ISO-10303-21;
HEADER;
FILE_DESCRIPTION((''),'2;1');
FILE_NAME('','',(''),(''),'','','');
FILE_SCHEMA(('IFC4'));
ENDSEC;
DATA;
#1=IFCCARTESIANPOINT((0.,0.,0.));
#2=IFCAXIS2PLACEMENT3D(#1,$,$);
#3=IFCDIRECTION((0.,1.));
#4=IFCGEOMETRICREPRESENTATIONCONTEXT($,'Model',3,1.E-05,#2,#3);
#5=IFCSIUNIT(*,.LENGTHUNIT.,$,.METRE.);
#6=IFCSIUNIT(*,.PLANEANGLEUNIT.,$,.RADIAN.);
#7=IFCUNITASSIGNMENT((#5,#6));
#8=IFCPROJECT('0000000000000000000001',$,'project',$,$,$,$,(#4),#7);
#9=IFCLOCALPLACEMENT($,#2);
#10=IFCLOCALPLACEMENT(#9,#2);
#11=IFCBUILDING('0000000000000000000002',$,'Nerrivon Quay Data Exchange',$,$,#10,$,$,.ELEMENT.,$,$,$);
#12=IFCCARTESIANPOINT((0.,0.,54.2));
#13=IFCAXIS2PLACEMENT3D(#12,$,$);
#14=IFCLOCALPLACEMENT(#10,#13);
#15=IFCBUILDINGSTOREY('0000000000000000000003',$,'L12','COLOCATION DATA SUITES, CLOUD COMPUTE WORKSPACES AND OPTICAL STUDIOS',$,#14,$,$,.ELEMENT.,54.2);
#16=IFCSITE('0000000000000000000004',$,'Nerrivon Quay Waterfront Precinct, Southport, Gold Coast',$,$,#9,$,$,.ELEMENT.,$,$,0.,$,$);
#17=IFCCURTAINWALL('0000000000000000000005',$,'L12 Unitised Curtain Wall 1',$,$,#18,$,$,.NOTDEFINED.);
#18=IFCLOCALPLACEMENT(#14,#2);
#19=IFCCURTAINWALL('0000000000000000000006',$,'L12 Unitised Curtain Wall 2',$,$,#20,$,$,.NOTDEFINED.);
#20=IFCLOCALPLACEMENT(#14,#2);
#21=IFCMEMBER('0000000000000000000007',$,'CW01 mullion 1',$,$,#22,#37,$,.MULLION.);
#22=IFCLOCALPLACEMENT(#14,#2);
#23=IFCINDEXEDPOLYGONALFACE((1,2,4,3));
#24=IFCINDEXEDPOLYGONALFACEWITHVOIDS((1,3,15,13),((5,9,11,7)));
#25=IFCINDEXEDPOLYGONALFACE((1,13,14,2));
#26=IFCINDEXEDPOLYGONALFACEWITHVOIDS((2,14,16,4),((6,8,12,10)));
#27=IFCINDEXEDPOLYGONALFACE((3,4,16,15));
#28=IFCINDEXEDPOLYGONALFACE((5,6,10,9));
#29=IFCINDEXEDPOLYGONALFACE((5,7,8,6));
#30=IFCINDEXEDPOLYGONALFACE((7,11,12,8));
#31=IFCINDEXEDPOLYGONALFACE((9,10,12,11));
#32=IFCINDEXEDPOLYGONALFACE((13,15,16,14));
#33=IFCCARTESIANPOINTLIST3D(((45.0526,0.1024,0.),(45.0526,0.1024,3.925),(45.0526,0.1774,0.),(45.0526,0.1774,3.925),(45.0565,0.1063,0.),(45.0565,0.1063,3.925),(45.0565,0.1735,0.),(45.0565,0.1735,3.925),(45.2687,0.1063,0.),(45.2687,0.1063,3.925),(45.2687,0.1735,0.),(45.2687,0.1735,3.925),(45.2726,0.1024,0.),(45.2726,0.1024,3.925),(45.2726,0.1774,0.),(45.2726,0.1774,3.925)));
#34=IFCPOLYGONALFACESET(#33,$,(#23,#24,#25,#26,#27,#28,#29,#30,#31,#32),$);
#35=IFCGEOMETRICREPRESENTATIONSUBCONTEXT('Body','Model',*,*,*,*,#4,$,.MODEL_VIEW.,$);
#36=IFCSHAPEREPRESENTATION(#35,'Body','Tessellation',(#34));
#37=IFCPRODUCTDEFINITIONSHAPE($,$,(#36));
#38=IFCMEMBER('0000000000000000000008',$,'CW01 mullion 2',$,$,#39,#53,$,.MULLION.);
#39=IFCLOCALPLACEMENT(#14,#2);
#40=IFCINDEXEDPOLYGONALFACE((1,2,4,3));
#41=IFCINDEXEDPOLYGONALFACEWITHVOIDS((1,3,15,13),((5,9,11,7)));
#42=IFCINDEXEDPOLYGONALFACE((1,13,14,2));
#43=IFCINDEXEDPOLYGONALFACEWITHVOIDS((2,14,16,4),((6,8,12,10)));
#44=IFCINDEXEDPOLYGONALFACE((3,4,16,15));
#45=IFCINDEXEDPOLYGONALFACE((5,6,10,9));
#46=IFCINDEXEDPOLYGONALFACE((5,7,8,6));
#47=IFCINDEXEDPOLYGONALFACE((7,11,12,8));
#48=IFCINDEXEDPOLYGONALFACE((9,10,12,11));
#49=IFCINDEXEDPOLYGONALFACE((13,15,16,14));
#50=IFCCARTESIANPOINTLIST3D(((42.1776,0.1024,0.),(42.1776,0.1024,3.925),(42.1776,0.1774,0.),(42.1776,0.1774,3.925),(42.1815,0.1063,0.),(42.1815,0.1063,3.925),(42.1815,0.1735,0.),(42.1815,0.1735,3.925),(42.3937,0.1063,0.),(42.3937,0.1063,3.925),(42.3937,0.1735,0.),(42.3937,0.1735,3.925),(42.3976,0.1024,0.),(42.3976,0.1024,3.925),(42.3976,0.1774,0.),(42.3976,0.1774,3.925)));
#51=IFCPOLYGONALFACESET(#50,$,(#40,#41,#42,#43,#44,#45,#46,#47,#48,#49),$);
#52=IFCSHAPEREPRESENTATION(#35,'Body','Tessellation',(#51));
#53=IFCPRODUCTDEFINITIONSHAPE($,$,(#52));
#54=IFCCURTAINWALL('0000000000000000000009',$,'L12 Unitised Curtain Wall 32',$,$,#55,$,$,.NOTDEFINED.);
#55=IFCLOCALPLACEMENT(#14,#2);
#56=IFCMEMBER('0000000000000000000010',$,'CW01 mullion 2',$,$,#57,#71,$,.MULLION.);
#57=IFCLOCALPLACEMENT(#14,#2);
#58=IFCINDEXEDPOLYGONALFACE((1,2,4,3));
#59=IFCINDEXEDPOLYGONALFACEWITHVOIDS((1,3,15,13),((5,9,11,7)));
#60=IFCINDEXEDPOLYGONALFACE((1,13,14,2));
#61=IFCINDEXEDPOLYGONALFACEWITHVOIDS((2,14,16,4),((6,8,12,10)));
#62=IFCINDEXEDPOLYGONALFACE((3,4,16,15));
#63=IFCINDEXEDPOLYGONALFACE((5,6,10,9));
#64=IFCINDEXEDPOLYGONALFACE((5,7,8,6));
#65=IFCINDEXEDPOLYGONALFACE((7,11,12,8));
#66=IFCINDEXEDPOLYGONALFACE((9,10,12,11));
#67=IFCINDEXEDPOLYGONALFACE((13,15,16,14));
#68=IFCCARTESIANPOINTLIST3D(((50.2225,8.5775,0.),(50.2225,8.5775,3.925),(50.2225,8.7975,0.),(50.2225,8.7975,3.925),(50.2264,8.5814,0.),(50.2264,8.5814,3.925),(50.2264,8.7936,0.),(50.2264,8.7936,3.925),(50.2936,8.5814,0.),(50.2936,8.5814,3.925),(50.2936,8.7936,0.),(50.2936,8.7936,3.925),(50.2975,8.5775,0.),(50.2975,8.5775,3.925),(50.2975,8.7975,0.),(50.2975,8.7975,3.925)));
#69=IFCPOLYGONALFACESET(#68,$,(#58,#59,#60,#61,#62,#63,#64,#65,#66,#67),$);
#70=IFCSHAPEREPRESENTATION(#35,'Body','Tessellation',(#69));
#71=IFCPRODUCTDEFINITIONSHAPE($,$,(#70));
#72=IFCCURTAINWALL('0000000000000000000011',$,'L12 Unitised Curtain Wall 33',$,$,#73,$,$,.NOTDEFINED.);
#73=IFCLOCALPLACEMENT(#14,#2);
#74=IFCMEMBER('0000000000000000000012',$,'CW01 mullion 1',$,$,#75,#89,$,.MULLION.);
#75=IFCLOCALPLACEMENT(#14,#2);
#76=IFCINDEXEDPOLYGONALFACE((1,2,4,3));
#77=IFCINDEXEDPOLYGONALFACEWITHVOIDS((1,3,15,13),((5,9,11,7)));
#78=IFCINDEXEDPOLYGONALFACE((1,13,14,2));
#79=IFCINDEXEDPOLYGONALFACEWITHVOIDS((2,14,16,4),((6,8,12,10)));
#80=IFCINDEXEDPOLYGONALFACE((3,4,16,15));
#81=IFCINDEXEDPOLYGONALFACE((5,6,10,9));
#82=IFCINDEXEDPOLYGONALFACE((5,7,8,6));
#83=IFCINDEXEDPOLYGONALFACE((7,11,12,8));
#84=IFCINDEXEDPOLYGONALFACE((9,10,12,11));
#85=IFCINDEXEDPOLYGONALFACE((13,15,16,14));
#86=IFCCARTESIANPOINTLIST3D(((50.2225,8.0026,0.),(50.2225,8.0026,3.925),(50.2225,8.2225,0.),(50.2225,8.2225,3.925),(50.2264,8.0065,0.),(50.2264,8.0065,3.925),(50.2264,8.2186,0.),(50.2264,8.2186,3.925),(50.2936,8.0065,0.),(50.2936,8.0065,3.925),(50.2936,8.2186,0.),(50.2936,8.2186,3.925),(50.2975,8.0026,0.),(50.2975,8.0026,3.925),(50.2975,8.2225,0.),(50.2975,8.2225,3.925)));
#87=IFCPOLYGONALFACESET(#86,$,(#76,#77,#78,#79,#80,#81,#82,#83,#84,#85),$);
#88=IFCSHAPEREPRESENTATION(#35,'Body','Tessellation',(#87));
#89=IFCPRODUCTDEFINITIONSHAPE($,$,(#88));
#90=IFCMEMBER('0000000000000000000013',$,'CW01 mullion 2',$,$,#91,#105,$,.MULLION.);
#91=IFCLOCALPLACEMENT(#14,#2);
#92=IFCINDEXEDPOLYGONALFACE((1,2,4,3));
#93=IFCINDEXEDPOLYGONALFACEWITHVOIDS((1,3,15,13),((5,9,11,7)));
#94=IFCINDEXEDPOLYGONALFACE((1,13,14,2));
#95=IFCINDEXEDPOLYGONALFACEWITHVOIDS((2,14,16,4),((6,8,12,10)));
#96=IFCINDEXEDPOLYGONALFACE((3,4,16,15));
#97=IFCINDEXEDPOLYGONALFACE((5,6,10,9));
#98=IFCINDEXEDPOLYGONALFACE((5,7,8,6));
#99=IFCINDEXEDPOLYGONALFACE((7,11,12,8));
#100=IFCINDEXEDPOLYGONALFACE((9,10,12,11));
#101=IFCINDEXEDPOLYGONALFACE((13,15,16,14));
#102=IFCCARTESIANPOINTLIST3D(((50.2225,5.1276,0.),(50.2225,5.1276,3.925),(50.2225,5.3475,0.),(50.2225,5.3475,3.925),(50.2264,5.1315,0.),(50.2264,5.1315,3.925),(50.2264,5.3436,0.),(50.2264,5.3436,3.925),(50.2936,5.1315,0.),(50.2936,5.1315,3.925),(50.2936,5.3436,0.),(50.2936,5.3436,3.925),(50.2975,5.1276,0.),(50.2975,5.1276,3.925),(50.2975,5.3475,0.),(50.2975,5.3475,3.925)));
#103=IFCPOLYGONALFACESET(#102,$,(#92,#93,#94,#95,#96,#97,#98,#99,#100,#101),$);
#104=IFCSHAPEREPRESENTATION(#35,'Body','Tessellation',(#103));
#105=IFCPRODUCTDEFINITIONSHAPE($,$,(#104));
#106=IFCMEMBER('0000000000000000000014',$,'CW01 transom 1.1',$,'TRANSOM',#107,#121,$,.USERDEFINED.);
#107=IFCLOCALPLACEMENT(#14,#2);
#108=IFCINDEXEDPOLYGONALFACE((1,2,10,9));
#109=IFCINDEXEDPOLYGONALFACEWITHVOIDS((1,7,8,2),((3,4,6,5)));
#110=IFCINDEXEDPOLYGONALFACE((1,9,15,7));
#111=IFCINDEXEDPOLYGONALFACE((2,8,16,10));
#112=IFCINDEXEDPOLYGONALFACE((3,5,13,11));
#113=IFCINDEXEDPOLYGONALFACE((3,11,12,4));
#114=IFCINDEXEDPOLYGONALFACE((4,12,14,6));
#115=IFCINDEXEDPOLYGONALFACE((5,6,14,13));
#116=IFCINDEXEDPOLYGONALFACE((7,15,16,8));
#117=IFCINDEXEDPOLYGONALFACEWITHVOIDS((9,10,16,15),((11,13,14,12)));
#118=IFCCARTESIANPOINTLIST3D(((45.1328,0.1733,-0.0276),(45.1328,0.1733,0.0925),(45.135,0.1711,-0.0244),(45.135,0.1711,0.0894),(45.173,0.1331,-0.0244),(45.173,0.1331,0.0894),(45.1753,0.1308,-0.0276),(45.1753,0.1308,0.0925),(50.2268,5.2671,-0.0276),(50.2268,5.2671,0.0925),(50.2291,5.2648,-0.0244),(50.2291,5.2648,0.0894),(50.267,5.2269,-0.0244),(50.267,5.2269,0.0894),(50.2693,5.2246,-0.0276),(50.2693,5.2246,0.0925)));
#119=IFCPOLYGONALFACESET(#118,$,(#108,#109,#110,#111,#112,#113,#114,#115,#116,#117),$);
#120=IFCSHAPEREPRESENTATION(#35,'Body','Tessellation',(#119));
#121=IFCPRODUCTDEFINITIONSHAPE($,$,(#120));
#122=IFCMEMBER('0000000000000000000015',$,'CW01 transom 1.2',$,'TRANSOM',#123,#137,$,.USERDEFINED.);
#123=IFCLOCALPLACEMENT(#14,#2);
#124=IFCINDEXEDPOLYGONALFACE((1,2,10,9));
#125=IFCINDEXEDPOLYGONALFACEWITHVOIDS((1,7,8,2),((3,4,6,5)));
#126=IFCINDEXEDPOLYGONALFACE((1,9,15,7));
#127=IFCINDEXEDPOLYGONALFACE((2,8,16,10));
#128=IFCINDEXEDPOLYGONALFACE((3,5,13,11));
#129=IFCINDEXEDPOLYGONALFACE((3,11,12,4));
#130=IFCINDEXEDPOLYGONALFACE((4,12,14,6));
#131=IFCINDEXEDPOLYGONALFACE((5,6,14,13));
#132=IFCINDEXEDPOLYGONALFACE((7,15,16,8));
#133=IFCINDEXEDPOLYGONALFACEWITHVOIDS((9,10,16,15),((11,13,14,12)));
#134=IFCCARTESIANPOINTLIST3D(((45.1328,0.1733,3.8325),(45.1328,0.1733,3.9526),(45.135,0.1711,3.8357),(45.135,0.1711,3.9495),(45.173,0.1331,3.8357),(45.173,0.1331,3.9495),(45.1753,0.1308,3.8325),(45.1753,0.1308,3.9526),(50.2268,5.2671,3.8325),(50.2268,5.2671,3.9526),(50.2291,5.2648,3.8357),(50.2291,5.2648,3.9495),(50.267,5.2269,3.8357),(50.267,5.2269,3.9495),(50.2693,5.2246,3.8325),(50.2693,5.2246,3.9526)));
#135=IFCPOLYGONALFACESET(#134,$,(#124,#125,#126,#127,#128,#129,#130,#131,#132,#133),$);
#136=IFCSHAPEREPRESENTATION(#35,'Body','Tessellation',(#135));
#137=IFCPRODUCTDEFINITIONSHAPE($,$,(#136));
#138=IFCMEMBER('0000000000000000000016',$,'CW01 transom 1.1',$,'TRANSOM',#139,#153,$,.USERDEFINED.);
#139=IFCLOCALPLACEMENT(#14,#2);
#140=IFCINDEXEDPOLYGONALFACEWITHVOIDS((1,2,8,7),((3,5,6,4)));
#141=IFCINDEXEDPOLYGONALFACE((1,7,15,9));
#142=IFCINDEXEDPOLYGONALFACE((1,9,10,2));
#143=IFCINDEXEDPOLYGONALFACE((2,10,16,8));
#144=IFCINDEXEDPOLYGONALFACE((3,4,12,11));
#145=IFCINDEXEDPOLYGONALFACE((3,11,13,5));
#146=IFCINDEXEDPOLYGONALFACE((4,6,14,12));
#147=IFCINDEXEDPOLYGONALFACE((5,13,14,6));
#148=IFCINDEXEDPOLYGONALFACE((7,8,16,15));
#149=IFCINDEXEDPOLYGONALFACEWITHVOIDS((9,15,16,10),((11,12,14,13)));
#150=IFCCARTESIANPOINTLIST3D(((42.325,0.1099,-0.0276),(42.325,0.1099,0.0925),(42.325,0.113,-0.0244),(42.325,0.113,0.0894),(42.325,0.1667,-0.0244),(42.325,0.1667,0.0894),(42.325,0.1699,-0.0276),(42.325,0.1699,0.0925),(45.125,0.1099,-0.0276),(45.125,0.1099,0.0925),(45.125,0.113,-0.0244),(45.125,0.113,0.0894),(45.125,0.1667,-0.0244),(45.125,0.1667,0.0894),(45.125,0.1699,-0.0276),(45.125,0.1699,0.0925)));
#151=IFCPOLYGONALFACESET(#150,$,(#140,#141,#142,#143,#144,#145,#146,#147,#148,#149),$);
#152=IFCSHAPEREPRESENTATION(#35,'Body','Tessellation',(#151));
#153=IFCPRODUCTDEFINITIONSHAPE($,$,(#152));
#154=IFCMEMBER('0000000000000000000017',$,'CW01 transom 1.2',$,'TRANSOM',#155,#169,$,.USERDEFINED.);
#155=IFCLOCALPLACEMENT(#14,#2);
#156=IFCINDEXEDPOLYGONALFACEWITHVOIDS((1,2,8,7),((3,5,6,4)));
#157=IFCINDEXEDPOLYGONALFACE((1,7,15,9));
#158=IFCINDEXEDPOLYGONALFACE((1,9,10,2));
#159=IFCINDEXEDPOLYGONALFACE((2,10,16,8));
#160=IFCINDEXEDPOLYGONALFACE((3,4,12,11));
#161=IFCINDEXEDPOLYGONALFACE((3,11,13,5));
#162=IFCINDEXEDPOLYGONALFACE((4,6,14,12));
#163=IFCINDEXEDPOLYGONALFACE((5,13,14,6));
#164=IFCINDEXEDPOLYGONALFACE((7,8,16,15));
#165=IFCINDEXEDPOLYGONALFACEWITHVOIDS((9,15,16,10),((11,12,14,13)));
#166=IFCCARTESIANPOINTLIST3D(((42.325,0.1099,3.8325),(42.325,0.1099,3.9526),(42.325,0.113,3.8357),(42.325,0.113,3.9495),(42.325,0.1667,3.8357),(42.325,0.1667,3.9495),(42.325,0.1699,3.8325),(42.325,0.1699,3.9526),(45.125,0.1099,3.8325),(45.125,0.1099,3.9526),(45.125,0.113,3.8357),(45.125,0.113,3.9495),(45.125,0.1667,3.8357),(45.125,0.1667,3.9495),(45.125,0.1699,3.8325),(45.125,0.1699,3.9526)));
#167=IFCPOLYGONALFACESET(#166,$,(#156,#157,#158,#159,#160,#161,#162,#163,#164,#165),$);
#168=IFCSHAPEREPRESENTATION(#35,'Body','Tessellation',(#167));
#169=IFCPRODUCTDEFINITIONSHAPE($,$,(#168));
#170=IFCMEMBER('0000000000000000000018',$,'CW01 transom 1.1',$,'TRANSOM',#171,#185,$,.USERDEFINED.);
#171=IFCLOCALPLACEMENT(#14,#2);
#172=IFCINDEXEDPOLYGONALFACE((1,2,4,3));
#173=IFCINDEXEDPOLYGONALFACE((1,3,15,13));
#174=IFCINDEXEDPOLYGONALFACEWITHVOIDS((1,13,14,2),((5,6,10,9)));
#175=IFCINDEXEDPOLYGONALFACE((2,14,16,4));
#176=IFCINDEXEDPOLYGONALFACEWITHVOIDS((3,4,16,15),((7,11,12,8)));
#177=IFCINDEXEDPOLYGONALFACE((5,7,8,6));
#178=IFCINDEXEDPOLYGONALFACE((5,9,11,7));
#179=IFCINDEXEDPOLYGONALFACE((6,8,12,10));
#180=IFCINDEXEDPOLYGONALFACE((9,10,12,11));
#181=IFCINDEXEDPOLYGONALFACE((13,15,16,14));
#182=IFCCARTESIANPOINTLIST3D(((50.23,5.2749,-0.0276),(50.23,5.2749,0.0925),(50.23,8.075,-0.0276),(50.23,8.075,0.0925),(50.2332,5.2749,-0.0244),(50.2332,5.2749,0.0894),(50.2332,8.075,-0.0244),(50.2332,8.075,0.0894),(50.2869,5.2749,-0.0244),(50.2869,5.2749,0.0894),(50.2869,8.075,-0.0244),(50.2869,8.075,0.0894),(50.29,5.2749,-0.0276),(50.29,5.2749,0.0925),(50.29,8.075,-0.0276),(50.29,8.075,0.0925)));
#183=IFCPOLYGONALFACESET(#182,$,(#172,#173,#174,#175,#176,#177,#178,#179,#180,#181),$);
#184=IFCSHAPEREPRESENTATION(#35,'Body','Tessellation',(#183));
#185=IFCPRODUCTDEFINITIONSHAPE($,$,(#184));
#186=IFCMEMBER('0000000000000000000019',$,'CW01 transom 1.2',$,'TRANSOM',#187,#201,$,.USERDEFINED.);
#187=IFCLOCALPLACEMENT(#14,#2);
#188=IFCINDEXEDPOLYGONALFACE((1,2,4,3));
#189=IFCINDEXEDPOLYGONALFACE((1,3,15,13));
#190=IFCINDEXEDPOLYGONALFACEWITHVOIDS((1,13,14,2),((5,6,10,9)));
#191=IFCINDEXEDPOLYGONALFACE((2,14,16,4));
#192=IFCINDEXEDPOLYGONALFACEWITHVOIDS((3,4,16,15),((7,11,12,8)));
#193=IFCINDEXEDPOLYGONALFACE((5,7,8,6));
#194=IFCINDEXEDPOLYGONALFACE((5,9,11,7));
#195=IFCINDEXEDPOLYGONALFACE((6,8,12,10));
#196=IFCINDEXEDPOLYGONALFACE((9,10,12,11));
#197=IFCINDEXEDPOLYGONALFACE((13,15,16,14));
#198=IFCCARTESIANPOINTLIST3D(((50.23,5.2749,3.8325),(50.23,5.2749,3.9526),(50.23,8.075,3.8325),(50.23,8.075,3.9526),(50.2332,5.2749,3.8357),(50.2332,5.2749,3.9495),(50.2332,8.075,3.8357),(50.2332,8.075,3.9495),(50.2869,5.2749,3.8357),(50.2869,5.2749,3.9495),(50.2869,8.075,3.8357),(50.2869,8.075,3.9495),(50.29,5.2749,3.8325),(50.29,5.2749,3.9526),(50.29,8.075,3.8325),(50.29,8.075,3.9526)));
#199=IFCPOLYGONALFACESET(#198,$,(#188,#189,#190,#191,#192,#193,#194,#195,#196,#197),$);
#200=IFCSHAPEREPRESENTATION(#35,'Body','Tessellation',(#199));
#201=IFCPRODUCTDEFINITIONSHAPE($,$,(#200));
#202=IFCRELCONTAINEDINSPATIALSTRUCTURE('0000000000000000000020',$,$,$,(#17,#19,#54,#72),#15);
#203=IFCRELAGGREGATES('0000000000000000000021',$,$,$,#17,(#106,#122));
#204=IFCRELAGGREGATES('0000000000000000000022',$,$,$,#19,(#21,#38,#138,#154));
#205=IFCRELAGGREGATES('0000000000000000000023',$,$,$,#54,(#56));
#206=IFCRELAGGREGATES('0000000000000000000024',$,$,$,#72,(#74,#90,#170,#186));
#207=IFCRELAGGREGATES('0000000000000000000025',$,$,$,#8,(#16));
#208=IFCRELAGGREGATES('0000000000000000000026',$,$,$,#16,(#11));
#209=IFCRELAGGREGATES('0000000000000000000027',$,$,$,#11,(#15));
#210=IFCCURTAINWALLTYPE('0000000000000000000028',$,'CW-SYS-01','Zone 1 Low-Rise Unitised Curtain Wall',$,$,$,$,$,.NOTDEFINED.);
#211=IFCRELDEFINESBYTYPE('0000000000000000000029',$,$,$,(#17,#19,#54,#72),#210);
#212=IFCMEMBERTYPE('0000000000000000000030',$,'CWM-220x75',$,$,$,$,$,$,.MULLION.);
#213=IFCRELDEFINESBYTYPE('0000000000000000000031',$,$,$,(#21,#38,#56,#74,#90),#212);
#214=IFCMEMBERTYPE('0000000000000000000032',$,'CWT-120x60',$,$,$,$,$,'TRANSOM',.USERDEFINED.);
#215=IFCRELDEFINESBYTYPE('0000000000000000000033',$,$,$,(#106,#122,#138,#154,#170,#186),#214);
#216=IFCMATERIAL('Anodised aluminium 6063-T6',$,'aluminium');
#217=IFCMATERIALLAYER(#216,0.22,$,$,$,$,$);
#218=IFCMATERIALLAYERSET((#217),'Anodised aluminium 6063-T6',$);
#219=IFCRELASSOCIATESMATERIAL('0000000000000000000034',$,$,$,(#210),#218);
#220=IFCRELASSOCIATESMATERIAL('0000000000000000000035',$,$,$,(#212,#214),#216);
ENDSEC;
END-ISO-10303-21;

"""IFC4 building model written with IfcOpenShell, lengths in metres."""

from ifc_helpers import new_model, si_unit, direction, frame, origin, origin_2d, place, context, subcontext, project, spatial, hollow_rectangle, extrude, material, layer, layer_set, material_profile, profile_set, type_object, element, aggregate, save


model = new_model("IFC4")

# Units and contexts
model_context = context("Model", 3, precision=1e-05, world=origin(), true_north=direction((0.0, 1.0)))
body_context = subcontext(model_context, "Body", "Model", "MODEL_VIEW")
ifc_project = project(units=[si_unit("LENGTHUNIT", "METRE"), si_unit("PLANEANGLEUNIT", "RADIAN")], contexts=[model_context])

# Site, building, storey
site_placement = place(None, origin())
site = spatial("IfcSite", under=ifc_project, at=site_placement, Name="Nerrivon Quay Waterfront Precinct, Southport, Gold Coast", CompositionType="ELEMENT", RefElevation=0.0)
building_placement = place(site_placement, origin())
building = spatial("IfcBuilding", under=site, at=building_placement, Name="Nerrivon Quay Data Exchange", CompositionType="ELEMENT")
storey_placement = place(building_placement, frame((0.0, 0.0, 54.2)))
storey = spatial("IfcBuildingStorey", under=building, at=storey_placement, Name="L12", Description="COLOCATION DATA SUITES, CLOUD COMPUTE WORKSPACES AND OPTICAL STUDIOS", CompositionType="ELEMENT", Elevation=54.2)

# Curtain walls, members
ifc_material_1 = material(Name="Anodised aluminium 6063-T6", Category="aluminium")
ifc_layer_1 = layer(ifc_material_1, 0.22)
ifc_layer_set_1 = layer_set([ifc_layer_1], Name="Anodised aluminium 6063-T6")
curtain_wall_type = type_object("IfcCurtainWallType", Name="CW-SYS-01", Description="Zone 1 Low-Rise Unitised Curtain Wall", PredefinedType="NOTDEFINED", material=ifc_layer_set_1)
curtain_wall_1_placement = place(storey_placement, origin())
curtain_wall_1 = element("IfcCurtainWall", 1, at=curtain_wall_1_placement, inside=storey, type_object=curtain_wall_type, Name="L12 Unitised Curtain Wall 1", PredefinedType="NOTDEFINED")
ifc_material_profile_1 = material_profile(ifc_material_1, hollow_rectangle(XDim=0.075, YDim=0.22, WallThickness=0.0039, at=origin_2d()), Name="ALU-MULL-220x75")
ifc_profile_set_1 = profile_set([ifc_material_profile_1], Name="Anodised aluminium 6063-T6")
member_type_1 = type_object("IfcMemberType", Name="CWM-220x75", PredefinedType="MULLION", material=ifc_profile_set_1)
curtain_wall_2_placement = place(storey_placement, origin())
curtain_wall_2 = element("IfcCurtainWall", 2, at=curtain_wall_2_placement, inside=storey, type_object=curtain_wall_type, Name="L12 Unitised Curtain Wall 2", PredefinedType="NOTDEFINED")
member_1_placement = place(storey_placement, frame((45.1626, 0.1399, 0.0), z_axis=(0.0, 0.0, 1.0), x_axis=(0.0, -1.0, 0.0)))
member_1 = element("IfcMember", 3, at=member_1_placement, type_object=member_type_1, Name="CW01 mullion 1", PredefinedType="MULLION", context=body_context, shape_type="SweptSolid", body=[
    extrude(hollow_rectangle(XDim=0.075, YDim=0.22, WallThickness=0.0039, at=origin_2d()), origin(), (0.0, 0.0, 1.0), 3.925),
])
member_2_placement = place(storey_placement, frame((42.2876, 0.1399, 0.0), z_axis=(0.0, 0.0, 1.0), x_axis=(0.0, -1.0, 0.0)))
member_2 = element("IfcMember", 4, at=member_2_placement, type_object=member_type_1, Name="CW01 mullion 2", PredefinedType="MULLION", context=body_context, shape_type="SweptSolid", body=[
    extrude(hollow_rectangle(XDim=0.075, YDim=0.22, WallThickness=0.0039, at=origin_2d()), origin(), (0.0, 0.0, 1.0), 3.925),
])

# Curtain wall, member
curtain_wall_3_placement = place(storey_placement, origin())
curtain_wall_3 = element("IfcCurtainWall", 5, at=curtain_wall_3_placement, inside=storey, type_object=curtain_wall_type, Name="L12 Unitised Curtain Wall 32", PredefinedType="NOTDEFINED")
member_3_placement = place(storey_placement, frame((50.26, 8.6875, 0.0), z_axis=(0.0, 0.0, 1.0), x_axis=(1.0, 0.0, 0.0)))
member_3 = element("IfcMember", 6, at=member_3_placement, type_object=member_type_1, Name="CW01 mullion 2", PredefinedType="MULLION", context=body_context, shape_type="SweptSolid", body=[
    extrude(hollow_rectangle(XDim=0.075, YDim=0.22, WallThickness=0.0039, at=origin_2d()), origin(), (0.0, 0.0, 1.0), 3.925),
])

# Curtain wall, members
curtain_wall_4_placement = place(storey_placement, origin())
curtain_wall_4 = element("IfcCurtainWall", 7, at=curtain_wall_4_placement, inside=storey, type_object=curtain_wall_type, Name="L12 Unitised Curtain Wall 33", PredefinedType="NOTDEFINED")
member_4_placement = place(storey_placement, frame((50.26, 8.1125, 0.0), z_axis=(0.0, 0.0, 1.0), x_axis=(1.0, 0.0, 0.0)))
member_4 = element("IfcMember", 8, at=member_4_placement, type_object=member_type_1, Name="CW01 mullion 1", PredefinedType="MULLION", context=body_context, shape_type="SweptSolid", body=[
    extrude(hollow_rectangle(XDim=0.075, YDim=0.22, WallThickness=0.0039, at=origin_2d()), origin(), (0.0, 0.0, 1.0), 3.925),
])
member_5_placement = place(storey_placement, frame((50.26, 5.2375, 0.0), z_axis=(0.0, 0.0, 1.0), x_axis=(1.0, 0.0, 0.0)))
member_5 = element("IfcMember", 9, at=member_5_placement, type_object=member_type_1, Name="CW01 mullion 2", PredefinedType="MULLION", context=body_context, shape_type="SweptSolid", body=[
    extrude(hollow_rectangle(XDim=0.075, YDim=0.22, WallThickness=0.0039, at=origin_2d()), origin(), (0.0, 0.0, 1.0), 3.925),
])

# Members
ifc_material_profile_2 = material_profile(ifc_material_1, hollow_rectangle(XDim=0.0601, YDim=0.1201, WallThickness=0.0032, at=origin_2d()), Name="ALU-TRAN-120x60")
ifc_profile_set_2 = profile_set([ifc_material_profile_2], Name="Anodised aluminium 6063-T6")
member_type_2 = type_object("IfcMemberType", Name="CWT-120x60", ElementType="TRANSOM", PredefinedType="USERDEFINED", material=ifc_profile_set_2)
member_6_placement = place(storey_placement, frame((50.248, 5.2458, 0.0325), z_axis=(-0.707124, -0.70709, 0.0), x_axis=(0.70709, -0.707124, 0.0)))
member_6 = element("IfcMember", 10, at=member_6_placement, type_object=member_type_2, Name="CW01 transom 1.1", ObjectType="TRANSOM", PredefinedType="USERDEFINED", context=body_context, shape_type="SweptSolid", body=[
    extrude(hollow_rectangle(XDim=0.0601, YDim=0.1201, WallThickness=0.0032, at=origin_2d()), origin(), (0.0, 0.0, 1.0), 7.2039),
])
member_7_placement = place(storey_placement, frame((50.248, 5.2458, 3.8926), z_axis=(-0.707124, -0.70709, 0.0), x_axis=(0.70709, -0.707124, 0.0)))
member_7 = element("IfcMember", 11, at=member_7_placement, type_object=member_type_2, Name="CW01 transom 1.2", ObjectType="TRANSOM", PredefinedType="USERDEFINED", context=body_context, shape_type="SweptSolid", body=[
    extrude(hollow_rectangle(XDim=0.0601, YDim=0.1201, WallThickness=0.0032, at=origin_2d()), origin(), (0.0, 0.0, 1.0), 7.2039),
])
member_8_placement = place(storey_placement, frame((45.125, 0.1399, 0.0325), z_axis=(-1.0, 0.0, 0.0), x_axis=(0.0, -1.0, 0.0)))
member_8 = element("IfcMember", 12, at=member_8_placement, type_object=member_type_2, Name="CW01 transom 1.1", ObjectType="TRANSOM", PredefinedType="USERDEFINED", context=body_context, shape_type="SweptSolid", body=[
    extrude(hollow_rectangle(XDim=0.0601, YDim=0.1201, WallThickness=0.0032, at=origin_2d()), origin(), (0.0, 0.0, 1.0), 2.8),
])
member_9_placement = place(storey_placement, frame((45.125, 0.1399, 3.8926), z_axis=(-1.0, 0.0, 0.0), x_axis=(0.0, -1.0, 0.0)))
member_9 = element("IfcMember", 13, at=member_9_placement, type_object=member_type_2, Name="CW01 transom 1.2", ObjectType="TRANSOM", PredefinedType="USERDEFINED", context=body_context, shape_type="SweptSolid", body=[
    extrude(hollow_rectangle(XDim=0.0601, YDim=0.1201, WallThickness=0.0032, at=origin_2d()), origin(), (0.0, 0.0, 1.0), 2.8),
])
member_10_placement = place(storey_placement, frame((50.26, 8.075, 0.0325), z_axis=(0.0, -1.0, 0.0), x_axis=(1.0, 0.0, 0.0)))
member_10 = element("IfcMember", 14, at=member_10_placement, type_object=member_type_2, Name="CW01 transom 1.1", ObjectType="TRANSOM", PredefinedType="USERDEFINED", context=body_context, shape_type="SweptSolid", body=[
    extrude(hollow_rectangle(XDim=0.0601, YDim=0.1201, WallThickness=0.0032, at=origin_2d()), origin(), (0.0, 0.0, 1.0), 2.8),
])
member_11_placement = place(storey_placement, frame((50.26, 8.075, 3.8926), z_axis=(0.0, -1.0, 0.0), x_axis=(1.0, 0.0, 0.0)))
member_11 = element("IfcMember", 15, at=member_11_placement, type_object=member_type_2, Name="CW01 transom 1.2", ObjectType="TRANSOM", PredefinedType="USERDEFINED", context=body_context, shape_type="SweptSolid", body=[
    extrude(hollow_rectangle(XDim=0.0601, YDim=0.1201, WallThickness=0.0032, at=origin_2d()), origin(), (0.0, 0.0, 1.0), 2.8),
])

aggregate(curtain_wall_1, [member_6, member_7])
aggregate(curtain_wall_2, [member_1, member_2, member_8, member_9])
aggregate(curtain_wall_3, [member_3])
aggregate(curtain_wall_4, [member_4, member_5, member_10, member_11])

save(model, "model.ifc")
